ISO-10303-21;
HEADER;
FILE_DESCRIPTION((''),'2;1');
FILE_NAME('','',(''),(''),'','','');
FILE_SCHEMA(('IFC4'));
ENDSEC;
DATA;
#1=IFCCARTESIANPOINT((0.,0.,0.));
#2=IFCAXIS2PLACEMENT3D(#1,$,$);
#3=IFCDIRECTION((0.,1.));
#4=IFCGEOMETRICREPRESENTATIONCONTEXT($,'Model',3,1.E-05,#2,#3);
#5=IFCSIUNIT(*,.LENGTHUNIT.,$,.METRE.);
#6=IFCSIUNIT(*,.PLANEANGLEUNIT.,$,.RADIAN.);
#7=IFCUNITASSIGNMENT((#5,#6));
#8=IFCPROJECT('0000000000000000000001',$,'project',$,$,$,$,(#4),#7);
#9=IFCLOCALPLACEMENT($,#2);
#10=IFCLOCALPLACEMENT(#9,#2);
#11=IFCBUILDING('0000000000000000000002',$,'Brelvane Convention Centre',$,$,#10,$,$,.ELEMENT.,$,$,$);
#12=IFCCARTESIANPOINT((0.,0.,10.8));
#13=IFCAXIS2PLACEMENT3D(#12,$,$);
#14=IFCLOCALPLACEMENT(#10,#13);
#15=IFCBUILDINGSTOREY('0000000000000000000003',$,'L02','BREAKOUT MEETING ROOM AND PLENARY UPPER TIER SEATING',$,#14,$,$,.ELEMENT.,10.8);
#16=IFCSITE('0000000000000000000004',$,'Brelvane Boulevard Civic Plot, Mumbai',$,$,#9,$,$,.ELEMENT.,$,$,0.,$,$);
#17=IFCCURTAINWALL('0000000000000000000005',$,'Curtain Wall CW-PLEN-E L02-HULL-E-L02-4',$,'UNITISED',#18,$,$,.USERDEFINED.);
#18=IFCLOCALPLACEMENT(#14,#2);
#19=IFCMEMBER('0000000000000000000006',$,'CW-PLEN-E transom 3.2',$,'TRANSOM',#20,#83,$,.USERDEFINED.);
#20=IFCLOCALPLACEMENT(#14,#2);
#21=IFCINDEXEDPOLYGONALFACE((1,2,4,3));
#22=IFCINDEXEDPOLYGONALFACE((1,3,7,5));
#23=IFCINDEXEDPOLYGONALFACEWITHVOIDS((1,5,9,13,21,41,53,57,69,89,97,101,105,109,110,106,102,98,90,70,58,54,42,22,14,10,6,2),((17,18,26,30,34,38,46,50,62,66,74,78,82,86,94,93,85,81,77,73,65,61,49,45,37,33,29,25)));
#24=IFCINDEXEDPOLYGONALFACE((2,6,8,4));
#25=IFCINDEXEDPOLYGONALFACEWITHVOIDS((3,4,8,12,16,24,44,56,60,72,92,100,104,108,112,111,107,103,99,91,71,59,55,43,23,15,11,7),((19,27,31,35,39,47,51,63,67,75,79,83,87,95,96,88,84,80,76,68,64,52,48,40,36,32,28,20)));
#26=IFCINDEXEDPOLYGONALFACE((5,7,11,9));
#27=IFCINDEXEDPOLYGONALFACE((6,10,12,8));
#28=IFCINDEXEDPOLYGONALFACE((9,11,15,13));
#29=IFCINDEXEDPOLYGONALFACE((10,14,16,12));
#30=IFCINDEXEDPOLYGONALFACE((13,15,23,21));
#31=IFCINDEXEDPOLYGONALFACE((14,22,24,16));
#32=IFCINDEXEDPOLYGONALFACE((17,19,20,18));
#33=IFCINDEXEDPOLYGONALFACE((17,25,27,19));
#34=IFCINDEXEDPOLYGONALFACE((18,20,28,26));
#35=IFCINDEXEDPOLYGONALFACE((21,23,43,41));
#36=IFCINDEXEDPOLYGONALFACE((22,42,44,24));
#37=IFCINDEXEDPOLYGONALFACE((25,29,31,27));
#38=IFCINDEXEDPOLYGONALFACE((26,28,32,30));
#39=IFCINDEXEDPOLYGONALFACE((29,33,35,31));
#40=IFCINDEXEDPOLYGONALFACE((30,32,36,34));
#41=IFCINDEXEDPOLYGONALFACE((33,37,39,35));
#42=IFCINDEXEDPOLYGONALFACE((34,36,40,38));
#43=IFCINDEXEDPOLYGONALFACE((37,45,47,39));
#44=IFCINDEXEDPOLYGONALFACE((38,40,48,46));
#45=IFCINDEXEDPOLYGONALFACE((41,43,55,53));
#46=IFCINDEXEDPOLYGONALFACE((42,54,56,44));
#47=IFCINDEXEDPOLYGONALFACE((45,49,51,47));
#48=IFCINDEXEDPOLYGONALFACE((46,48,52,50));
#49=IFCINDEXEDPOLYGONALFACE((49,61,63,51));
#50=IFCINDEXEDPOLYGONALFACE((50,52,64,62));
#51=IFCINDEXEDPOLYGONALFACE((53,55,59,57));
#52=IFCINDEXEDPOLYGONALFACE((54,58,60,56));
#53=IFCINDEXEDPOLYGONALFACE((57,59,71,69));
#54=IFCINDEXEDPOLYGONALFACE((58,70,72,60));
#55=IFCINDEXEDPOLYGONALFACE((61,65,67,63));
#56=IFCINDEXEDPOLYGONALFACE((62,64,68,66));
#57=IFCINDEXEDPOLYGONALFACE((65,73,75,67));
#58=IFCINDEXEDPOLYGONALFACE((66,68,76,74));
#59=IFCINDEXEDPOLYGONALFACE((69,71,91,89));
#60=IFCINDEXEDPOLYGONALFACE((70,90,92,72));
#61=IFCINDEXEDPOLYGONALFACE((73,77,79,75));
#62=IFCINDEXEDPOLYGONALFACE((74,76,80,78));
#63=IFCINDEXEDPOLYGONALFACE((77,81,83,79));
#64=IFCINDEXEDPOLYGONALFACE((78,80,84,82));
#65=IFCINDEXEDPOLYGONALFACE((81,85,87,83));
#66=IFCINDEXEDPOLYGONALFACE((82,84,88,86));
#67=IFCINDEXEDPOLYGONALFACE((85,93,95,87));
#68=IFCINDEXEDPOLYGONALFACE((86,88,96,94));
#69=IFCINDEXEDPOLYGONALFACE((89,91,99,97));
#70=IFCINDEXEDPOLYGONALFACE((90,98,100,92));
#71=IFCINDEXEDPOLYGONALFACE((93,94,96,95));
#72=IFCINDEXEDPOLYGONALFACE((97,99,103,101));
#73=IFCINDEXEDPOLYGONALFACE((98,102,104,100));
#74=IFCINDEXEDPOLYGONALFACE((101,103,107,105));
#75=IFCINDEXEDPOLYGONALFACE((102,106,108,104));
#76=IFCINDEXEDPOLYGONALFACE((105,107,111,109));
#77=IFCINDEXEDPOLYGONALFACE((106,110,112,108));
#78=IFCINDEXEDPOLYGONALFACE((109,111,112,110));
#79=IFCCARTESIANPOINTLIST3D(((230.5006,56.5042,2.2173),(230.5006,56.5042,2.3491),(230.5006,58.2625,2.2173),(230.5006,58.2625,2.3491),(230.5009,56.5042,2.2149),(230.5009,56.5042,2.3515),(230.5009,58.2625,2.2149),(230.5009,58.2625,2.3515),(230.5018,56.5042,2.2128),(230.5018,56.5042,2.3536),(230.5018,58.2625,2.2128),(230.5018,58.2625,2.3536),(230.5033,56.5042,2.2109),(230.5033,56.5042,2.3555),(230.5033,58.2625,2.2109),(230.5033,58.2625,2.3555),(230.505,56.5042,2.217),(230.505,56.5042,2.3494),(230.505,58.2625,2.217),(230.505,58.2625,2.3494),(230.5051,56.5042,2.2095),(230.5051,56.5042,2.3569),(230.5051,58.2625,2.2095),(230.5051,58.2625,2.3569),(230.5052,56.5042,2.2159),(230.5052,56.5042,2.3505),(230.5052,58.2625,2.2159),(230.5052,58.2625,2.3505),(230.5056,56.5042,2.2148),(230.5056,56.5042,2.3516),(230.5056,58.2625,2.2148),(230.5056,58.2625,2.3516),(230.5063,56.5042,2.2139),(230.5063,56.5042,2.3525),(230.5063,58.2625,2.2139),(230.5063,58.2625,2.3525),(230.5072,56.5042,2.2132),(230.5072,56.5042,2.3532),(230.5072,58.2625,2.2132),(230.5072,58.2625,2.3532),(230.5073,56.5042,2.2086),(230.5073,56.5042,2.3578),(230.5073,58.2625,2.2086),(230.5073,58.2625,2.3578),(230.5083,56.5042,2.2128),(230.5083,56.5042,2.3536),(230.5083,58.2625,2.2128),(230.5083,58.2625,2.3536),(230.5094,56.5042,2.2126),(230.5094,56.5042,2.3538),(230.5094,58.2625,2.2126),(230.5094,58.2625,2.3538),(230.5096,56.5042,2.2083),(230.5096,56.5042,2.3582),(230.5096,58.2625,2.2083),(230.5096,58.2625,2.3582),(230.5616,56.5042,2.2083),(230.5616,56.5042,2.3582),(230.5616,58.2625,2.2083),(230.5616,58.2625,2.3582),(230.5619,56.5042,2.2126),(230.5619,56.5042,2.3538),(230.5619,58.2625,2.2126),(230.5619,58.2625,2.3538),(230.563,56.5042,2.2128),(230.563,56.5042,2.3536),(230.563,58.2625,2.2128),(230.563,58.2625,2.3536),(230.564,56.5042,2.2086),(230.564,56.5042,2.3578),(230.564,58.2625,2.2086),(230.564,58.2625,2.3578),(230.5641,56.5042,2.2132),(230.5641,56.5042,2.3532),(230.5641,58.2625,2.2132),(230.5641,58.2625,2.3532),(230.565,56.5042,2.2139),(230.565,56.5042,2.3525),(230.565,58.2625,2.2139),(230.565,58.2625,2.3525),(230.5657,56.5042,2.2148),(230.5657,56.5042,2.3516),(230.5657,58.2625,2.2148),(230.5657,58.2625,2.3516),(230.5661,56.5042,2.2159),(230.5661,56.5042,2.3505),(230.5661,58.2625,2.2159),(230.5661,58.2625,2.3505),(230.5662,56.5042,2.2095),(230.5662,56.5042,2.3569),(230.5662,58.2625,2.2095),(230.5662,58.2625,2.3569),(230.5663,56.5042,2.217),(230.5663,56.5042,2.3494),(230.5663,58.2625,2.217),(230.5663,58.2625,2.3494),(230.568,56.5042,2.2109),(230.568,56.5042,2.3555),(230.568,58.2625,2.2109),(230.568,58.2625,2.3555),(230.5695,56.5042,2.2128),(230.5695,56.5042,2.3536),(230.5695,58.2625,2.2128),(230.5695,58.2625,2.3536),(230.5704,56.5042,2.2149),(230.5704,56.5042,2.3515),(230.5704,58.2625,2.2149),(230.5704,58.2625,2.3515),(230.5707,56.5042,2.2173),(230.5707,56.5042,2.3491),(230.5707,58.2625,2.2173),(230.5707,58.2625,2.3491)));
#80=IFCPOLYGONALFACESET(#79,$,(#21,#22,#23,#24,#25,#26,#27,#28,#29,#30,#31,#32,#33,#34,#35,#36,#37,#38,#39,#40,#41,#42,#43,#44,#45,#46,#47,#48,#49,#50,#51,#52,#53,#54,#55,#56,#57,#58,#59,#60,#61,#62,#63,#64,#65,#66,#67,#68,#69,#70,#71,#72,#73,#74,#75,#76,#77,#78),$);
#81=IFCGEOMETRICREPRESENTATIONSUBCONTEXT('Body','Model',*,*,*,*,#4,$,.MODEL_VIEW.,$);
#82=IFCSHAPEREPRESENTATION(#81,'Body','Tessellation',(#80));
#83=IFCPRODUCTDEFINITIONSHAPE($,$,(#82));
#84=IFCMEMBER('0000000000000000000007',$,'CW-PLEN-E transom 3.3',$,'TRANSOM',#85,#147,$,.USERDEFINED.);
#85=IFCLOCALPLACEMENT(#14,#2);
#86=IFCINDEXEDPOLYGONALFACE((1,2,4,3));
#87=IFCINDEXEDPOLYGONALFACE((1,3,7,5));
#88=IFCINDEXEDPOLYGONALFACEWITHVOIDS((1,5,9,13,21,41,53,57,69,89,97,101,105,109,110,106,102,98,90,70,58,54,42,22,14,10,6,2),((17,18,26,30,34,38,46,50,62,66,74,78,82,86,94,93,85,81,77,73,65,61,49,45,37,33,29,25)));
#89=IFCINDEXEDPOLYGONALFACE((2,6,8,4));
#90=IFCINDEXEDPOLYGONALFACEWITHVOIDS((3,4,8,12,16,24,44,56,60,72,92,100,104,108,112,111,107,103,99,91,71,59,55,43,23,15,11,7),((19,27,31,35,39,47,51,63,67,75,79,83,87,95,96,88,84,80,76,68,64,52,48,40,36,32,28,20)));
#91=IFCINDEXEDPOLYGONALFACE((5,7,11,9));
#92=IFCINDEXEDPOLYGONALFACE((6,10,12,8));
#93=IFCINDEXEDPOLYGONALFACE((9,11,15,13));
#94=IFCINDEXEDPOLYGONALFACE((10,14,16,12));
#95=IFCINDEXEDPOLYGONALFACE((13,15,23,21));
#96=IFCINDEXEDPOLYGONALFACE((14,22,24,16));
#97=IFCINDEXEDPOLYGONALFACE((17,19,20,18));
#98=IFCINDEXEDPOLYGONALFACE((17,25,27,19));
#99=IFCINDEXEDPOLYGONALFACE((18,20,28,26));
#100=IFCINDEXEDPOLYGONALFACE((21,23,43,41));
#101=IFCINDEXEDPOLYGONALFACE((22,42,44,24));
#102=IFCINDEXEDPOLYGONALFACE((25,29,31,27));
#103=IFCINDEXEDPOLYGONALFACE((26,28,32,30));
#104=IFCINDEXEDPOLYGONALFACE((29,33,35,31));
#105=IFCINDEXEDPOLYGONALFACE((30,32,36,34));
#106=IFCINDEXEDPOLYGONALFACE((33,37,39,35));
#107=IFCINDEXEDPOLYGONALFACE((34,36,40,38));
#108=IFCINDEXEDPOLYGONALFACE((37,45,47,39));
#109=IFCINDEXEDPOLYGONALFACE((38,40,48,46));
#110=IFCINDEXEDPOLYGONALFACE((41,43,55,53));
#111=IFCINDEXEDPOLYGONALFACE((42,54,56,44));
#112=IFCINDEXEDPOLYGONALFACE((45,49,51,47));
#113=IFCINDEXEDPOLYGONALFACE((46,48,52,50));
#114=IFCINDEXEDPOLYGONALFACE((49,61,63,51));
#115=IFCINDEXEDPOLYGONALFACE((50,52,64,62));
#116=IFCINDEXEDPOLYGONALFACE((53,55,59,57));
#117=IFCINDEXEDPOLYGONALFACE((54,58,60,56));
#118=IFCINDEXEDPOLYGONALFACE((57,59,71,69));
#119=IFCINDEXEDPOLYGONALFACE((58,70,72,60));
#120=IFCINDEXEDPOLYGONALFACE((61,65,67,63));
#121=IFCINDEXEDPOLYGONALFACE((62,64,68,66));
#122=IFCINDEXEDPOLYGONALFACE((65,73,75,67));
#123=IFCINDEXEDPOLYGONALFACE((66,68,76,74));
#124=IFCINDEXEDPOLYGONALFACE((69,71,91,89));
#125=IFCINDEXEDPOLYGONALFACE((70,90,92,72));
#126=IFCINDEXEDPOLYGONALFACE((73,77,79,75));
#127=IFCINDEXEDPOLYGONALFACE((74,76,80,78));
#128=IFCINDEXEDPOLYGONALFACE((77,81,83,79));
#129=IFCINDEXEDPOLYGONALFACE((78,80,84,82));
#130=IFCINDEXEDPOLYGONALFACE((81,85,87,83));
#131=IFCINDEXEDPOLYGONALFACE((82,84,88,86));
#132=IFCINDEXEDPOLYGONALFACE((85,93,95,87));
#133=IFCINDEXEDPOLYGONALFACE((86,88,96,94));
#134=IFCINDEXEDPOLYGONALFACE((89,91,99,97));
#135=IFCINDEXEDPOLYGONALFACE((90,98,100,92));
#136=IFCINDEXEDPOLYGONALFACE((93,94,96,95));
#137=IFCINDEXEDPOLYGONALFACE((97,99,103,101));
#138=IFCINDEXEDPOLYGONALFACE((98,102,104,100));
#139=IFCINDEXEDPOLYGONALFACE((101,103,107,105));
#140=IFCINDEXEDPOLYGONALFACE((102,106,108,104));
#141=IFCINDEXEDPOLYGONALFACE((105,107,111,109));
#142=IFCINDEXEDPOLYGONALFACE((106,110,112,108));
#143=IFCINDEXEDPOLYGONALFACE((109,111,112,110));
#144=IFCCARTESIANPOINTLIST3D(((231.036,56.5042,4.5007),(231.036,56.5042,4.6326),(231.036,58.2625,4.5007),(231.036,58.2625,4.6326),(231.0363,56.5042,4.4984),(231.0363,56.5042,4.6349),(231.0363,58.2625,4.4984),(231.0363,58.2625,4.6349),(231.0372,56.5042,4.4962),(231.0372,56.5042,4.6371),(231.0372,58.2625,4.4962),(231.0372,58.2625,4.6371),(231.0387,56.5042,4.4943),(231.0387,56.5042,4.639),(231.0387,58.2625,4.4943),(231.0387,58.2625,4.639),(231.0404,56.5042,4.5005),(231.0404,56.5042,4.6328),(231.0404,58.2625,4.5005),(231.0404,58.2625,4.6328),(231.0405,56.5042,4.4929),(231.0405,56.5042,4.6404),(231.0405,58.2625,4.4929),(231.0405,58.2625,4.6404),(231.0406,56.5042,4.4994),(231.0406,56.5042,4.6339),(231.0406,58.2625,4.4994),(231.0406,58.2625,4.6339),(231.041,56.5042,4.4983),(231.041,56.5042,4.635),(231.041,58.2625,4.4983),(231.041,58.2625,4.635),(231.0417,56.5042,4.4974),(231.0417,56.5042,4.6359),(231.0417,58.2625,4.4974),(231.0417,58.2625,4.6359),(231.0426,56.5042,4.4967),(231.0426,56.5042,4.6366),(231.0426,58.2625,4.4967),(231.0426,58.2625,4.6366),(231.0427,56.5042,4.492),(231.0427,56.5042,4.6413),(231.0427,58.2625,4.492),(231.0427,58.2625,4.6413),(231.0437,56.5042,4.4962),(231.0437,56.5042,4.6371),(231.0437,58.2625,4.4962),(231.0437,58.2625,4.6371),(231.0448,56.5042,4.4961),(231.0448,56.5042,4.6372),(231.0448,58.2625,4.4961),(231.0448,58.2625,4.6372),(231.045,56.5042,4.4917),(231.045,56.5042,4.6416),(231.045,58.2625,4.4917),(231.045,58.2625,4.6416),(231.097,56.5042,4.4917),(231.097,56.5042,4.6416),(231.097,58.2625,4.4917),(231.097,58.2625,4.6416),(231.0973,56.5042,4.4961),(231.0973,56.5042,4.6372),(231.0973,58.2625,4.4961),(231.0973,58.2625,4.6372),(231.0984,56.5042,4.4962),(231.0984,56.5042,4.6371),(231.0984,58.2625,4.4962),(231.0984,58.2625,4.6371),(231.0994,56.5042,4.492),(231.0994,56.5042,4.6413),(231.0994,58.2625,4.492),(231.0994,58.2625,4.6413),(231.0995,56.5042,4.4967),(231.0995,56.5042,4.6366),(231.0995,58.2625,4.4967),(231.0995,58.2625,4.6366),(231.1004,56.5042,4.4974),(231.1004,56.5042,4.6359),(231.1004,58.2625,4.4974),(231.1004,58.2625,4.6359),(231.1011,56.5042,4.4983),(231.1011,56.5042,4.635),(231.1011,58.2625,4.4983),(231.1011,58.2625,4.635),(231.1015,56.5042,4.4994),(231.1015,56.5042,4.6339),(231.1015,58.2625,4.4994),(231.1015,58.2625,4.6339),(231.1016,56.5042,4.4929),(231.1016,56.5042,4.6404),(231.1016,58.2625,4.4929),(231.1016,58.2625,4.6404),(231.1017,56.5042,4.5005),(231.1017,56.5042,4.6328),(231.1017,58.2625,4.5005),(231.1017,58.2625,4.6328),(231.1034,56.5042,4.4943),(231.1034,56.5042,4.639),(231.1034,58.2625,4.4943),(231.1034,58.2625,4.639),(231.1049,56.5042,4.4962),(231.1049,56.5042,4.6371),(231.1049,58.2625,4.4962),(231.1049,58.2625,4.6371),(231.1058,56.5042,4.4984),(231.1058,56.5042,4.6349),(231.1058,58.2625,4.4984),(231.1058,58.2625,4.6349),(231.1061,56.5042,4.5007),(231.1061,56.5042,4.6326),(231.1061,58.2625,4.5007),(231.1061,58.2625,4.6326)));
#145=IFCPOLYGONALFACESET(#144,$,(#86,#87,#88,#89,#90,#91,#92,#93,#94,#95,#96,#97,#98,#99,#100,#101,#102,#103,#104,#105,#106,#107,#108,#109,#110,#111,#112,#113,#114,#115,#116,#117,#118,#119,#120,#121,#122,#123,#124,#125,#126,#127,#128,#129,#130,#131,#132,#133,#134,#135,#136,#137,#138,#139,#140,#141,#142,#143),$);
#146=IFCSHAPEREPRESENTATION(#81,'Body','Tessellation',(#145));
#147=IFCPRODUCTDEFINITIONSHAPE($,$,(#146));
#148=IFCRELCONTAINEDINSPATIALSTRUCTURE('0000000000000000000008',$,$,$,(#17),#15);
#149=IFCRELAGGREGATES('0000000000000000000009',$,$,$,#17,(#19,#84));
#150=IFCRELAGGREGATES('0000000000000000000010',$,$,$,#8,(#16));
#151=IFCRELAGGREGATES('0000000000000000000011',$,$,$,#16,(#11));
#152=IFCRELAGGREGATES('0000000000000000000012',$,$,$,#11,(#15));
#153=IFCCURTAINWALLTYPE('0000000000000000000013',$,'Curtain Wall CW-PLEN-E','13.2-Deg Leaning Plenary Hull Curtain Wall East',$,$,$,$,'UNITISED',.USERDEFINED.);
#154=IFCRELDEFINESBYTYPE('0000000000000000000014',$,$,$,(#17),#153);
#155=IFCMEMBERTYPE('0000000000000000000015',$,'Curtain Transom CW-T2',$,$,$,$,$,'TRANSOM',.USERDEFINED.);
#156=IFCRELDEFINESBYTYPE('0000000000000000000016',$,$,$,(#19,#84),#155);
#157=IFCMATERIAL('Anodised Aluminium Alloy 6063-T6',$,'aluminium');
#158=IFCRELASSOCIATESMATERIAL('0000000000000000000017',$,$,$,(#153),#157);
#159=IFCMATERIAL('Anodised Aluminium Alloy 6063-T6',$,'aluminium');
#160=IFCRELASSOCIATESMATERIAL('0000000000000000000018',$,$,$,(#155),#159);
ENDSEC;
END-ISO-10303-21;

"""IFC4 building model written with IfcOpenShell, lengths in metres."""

from ifc_helpers import new_model, si_unit, direction, frame, origin, origin_2d, place, context, subcontext, project, spatial, hollow_rectangle, extrude, material, material_profile, profile_set, type_object, element, aggregate, save


model = new_model("IFC4")

# Units and contexts
model_context = context("Model", 3, precision=1e-05, world=origin(), true_north=direction((0.0, 1.0)))
body_context = subcontext(model_context, "Body", "Model", "MODEL_VIEW")
ifc_project = project(units=[si_unit("LENGTHUNIT", "METRE"), si_unit("PLANEANGLEUNIT", "RADIAN")], contexts=[model_context])

# Site, building, storey
site_placement = place(None, origin())
site = spatial("IfcSite", under=ifc_project, at=site_placement, Name="Brelvane Boulevard Civic Plot, Mumbai", CompositionType="ELEMENT", RefElevation=0.0)
building_placement = place(site_placement, origin())
building = spatial("IfcBuilding", under=site, at=building_placement, Name="Brelvane Convention Centre", CompositionType="ELEMENT")
storey_placement = place(building_placement, frame((0.0, 0.0, 10.8)))
storey = spatial("IfcBuildingStorey", under=building, at=storey_placement, Name="L02", Description="BREAKOUT MEETING ROOM AND PLENARY UPPER TIER SEATING", CompositionType="ELEMENT", Elevation=10.8)

# Curtain wall, members
ifc_material_1 = material(Name="Anodised Aluminium Alloy 6063-T6", Category="aluminium")
curtain_wall_type = type_object("IfcCurtainWallType", Name="Curtain Wall CW-PLEN-E", Description="13.2-Deg Leaning Plenary Hull Curtain Wall East", ElementType="UNITISED", PredefinedType="USERDEFINED", material=ifc_material_1)
curtain_wall_1_placement = place(storey_placement, origin())
curtain_wall_1 = element("IfcCurtainWall", 1, at=curtain_wall_1_placement, inside=storey, type_object=curtain_wall_type, Name="Curtain Wall CW-PLEN-E L02-HULL-E-L02-4", ObjectType="UNITISED", PredefinedType="USERDEFINED")
ifc_material_2 = material(Name="Anodised Aluminium Alloy 6063-T6", Category="aluminium")
ifc_material_profile = material_profile(ifc_material_2, hollow_rectangle(XDim=0.0701, YDim=0.1499, WallThickness=0.0044, InnerFilletRadius=0.0044, OuterFilletRadius=0.009, at=origin_2d()), Name="ALU-T 150x70x4.5")
ifc_profile_set = profile_set([ifc_material_profile], Name="Anodised Aluminium Alloy 6063-T6")
member_type = type_object("IfcMemberType", Name="Curtain Transom CW-T2", ElementType="TRANSOM", PredefinedType="USERDEFINED", material=ifc_profile_set)
member_1_placement = place(storey_placement, frame((230.5356, 56.5042, 2.2832), z_axis=(0.0, 1.0, 0.0), x_axis=(-1.0, 0.0, 0.0)))
member_1 = element("IfcMember", 2, at=member_1_placement, type_object=member_type, Name="CW-PLEN-E transom 3.2", ObjectType="TRANSOM", PredefinedType="USERDEFINED", context=body_context, shape_type="SweptSolid", body=[
    extrude(hollow_rectangle(XDim=0.0701, YDim=0.1499, WallThickness=0.0044, InnerFilletRadius=0.0044, OuterFilletRadius=0.009, at=origin_2d()), origin(), (0.0, 0.0, 1.0), 1.7583),
])
member_2_placement = place(storey_placement, frame((231.071, 56.5042, 4.5667), z_axis=(0.0, 1.0, 0.0), x_axis=(-1.0, 0.0, 0.0)))
member_2 = element("IfcMember", 3, at=member_2_placement, type_object=member_type, Name="CW-PLEN-E transom 3.3", ObjectType="TRANSOM", PredefinedType="USERDEFINED", context=body_context, shape_type="SweptSolid", body=[
    extrude(hollow_rectangle(XDim=0.0701, YDim=0.1499, WallThickness=0.0044, InnerFilletRadius=0.0044, OuterFilletRadius=0.009, at=origin_2d()), origin(), (0.0, 0.0, 1.0), 1.7583),
])

aggregate(curtain_wall_1, [member_1, member_2])

save(model, "model.ifc")
